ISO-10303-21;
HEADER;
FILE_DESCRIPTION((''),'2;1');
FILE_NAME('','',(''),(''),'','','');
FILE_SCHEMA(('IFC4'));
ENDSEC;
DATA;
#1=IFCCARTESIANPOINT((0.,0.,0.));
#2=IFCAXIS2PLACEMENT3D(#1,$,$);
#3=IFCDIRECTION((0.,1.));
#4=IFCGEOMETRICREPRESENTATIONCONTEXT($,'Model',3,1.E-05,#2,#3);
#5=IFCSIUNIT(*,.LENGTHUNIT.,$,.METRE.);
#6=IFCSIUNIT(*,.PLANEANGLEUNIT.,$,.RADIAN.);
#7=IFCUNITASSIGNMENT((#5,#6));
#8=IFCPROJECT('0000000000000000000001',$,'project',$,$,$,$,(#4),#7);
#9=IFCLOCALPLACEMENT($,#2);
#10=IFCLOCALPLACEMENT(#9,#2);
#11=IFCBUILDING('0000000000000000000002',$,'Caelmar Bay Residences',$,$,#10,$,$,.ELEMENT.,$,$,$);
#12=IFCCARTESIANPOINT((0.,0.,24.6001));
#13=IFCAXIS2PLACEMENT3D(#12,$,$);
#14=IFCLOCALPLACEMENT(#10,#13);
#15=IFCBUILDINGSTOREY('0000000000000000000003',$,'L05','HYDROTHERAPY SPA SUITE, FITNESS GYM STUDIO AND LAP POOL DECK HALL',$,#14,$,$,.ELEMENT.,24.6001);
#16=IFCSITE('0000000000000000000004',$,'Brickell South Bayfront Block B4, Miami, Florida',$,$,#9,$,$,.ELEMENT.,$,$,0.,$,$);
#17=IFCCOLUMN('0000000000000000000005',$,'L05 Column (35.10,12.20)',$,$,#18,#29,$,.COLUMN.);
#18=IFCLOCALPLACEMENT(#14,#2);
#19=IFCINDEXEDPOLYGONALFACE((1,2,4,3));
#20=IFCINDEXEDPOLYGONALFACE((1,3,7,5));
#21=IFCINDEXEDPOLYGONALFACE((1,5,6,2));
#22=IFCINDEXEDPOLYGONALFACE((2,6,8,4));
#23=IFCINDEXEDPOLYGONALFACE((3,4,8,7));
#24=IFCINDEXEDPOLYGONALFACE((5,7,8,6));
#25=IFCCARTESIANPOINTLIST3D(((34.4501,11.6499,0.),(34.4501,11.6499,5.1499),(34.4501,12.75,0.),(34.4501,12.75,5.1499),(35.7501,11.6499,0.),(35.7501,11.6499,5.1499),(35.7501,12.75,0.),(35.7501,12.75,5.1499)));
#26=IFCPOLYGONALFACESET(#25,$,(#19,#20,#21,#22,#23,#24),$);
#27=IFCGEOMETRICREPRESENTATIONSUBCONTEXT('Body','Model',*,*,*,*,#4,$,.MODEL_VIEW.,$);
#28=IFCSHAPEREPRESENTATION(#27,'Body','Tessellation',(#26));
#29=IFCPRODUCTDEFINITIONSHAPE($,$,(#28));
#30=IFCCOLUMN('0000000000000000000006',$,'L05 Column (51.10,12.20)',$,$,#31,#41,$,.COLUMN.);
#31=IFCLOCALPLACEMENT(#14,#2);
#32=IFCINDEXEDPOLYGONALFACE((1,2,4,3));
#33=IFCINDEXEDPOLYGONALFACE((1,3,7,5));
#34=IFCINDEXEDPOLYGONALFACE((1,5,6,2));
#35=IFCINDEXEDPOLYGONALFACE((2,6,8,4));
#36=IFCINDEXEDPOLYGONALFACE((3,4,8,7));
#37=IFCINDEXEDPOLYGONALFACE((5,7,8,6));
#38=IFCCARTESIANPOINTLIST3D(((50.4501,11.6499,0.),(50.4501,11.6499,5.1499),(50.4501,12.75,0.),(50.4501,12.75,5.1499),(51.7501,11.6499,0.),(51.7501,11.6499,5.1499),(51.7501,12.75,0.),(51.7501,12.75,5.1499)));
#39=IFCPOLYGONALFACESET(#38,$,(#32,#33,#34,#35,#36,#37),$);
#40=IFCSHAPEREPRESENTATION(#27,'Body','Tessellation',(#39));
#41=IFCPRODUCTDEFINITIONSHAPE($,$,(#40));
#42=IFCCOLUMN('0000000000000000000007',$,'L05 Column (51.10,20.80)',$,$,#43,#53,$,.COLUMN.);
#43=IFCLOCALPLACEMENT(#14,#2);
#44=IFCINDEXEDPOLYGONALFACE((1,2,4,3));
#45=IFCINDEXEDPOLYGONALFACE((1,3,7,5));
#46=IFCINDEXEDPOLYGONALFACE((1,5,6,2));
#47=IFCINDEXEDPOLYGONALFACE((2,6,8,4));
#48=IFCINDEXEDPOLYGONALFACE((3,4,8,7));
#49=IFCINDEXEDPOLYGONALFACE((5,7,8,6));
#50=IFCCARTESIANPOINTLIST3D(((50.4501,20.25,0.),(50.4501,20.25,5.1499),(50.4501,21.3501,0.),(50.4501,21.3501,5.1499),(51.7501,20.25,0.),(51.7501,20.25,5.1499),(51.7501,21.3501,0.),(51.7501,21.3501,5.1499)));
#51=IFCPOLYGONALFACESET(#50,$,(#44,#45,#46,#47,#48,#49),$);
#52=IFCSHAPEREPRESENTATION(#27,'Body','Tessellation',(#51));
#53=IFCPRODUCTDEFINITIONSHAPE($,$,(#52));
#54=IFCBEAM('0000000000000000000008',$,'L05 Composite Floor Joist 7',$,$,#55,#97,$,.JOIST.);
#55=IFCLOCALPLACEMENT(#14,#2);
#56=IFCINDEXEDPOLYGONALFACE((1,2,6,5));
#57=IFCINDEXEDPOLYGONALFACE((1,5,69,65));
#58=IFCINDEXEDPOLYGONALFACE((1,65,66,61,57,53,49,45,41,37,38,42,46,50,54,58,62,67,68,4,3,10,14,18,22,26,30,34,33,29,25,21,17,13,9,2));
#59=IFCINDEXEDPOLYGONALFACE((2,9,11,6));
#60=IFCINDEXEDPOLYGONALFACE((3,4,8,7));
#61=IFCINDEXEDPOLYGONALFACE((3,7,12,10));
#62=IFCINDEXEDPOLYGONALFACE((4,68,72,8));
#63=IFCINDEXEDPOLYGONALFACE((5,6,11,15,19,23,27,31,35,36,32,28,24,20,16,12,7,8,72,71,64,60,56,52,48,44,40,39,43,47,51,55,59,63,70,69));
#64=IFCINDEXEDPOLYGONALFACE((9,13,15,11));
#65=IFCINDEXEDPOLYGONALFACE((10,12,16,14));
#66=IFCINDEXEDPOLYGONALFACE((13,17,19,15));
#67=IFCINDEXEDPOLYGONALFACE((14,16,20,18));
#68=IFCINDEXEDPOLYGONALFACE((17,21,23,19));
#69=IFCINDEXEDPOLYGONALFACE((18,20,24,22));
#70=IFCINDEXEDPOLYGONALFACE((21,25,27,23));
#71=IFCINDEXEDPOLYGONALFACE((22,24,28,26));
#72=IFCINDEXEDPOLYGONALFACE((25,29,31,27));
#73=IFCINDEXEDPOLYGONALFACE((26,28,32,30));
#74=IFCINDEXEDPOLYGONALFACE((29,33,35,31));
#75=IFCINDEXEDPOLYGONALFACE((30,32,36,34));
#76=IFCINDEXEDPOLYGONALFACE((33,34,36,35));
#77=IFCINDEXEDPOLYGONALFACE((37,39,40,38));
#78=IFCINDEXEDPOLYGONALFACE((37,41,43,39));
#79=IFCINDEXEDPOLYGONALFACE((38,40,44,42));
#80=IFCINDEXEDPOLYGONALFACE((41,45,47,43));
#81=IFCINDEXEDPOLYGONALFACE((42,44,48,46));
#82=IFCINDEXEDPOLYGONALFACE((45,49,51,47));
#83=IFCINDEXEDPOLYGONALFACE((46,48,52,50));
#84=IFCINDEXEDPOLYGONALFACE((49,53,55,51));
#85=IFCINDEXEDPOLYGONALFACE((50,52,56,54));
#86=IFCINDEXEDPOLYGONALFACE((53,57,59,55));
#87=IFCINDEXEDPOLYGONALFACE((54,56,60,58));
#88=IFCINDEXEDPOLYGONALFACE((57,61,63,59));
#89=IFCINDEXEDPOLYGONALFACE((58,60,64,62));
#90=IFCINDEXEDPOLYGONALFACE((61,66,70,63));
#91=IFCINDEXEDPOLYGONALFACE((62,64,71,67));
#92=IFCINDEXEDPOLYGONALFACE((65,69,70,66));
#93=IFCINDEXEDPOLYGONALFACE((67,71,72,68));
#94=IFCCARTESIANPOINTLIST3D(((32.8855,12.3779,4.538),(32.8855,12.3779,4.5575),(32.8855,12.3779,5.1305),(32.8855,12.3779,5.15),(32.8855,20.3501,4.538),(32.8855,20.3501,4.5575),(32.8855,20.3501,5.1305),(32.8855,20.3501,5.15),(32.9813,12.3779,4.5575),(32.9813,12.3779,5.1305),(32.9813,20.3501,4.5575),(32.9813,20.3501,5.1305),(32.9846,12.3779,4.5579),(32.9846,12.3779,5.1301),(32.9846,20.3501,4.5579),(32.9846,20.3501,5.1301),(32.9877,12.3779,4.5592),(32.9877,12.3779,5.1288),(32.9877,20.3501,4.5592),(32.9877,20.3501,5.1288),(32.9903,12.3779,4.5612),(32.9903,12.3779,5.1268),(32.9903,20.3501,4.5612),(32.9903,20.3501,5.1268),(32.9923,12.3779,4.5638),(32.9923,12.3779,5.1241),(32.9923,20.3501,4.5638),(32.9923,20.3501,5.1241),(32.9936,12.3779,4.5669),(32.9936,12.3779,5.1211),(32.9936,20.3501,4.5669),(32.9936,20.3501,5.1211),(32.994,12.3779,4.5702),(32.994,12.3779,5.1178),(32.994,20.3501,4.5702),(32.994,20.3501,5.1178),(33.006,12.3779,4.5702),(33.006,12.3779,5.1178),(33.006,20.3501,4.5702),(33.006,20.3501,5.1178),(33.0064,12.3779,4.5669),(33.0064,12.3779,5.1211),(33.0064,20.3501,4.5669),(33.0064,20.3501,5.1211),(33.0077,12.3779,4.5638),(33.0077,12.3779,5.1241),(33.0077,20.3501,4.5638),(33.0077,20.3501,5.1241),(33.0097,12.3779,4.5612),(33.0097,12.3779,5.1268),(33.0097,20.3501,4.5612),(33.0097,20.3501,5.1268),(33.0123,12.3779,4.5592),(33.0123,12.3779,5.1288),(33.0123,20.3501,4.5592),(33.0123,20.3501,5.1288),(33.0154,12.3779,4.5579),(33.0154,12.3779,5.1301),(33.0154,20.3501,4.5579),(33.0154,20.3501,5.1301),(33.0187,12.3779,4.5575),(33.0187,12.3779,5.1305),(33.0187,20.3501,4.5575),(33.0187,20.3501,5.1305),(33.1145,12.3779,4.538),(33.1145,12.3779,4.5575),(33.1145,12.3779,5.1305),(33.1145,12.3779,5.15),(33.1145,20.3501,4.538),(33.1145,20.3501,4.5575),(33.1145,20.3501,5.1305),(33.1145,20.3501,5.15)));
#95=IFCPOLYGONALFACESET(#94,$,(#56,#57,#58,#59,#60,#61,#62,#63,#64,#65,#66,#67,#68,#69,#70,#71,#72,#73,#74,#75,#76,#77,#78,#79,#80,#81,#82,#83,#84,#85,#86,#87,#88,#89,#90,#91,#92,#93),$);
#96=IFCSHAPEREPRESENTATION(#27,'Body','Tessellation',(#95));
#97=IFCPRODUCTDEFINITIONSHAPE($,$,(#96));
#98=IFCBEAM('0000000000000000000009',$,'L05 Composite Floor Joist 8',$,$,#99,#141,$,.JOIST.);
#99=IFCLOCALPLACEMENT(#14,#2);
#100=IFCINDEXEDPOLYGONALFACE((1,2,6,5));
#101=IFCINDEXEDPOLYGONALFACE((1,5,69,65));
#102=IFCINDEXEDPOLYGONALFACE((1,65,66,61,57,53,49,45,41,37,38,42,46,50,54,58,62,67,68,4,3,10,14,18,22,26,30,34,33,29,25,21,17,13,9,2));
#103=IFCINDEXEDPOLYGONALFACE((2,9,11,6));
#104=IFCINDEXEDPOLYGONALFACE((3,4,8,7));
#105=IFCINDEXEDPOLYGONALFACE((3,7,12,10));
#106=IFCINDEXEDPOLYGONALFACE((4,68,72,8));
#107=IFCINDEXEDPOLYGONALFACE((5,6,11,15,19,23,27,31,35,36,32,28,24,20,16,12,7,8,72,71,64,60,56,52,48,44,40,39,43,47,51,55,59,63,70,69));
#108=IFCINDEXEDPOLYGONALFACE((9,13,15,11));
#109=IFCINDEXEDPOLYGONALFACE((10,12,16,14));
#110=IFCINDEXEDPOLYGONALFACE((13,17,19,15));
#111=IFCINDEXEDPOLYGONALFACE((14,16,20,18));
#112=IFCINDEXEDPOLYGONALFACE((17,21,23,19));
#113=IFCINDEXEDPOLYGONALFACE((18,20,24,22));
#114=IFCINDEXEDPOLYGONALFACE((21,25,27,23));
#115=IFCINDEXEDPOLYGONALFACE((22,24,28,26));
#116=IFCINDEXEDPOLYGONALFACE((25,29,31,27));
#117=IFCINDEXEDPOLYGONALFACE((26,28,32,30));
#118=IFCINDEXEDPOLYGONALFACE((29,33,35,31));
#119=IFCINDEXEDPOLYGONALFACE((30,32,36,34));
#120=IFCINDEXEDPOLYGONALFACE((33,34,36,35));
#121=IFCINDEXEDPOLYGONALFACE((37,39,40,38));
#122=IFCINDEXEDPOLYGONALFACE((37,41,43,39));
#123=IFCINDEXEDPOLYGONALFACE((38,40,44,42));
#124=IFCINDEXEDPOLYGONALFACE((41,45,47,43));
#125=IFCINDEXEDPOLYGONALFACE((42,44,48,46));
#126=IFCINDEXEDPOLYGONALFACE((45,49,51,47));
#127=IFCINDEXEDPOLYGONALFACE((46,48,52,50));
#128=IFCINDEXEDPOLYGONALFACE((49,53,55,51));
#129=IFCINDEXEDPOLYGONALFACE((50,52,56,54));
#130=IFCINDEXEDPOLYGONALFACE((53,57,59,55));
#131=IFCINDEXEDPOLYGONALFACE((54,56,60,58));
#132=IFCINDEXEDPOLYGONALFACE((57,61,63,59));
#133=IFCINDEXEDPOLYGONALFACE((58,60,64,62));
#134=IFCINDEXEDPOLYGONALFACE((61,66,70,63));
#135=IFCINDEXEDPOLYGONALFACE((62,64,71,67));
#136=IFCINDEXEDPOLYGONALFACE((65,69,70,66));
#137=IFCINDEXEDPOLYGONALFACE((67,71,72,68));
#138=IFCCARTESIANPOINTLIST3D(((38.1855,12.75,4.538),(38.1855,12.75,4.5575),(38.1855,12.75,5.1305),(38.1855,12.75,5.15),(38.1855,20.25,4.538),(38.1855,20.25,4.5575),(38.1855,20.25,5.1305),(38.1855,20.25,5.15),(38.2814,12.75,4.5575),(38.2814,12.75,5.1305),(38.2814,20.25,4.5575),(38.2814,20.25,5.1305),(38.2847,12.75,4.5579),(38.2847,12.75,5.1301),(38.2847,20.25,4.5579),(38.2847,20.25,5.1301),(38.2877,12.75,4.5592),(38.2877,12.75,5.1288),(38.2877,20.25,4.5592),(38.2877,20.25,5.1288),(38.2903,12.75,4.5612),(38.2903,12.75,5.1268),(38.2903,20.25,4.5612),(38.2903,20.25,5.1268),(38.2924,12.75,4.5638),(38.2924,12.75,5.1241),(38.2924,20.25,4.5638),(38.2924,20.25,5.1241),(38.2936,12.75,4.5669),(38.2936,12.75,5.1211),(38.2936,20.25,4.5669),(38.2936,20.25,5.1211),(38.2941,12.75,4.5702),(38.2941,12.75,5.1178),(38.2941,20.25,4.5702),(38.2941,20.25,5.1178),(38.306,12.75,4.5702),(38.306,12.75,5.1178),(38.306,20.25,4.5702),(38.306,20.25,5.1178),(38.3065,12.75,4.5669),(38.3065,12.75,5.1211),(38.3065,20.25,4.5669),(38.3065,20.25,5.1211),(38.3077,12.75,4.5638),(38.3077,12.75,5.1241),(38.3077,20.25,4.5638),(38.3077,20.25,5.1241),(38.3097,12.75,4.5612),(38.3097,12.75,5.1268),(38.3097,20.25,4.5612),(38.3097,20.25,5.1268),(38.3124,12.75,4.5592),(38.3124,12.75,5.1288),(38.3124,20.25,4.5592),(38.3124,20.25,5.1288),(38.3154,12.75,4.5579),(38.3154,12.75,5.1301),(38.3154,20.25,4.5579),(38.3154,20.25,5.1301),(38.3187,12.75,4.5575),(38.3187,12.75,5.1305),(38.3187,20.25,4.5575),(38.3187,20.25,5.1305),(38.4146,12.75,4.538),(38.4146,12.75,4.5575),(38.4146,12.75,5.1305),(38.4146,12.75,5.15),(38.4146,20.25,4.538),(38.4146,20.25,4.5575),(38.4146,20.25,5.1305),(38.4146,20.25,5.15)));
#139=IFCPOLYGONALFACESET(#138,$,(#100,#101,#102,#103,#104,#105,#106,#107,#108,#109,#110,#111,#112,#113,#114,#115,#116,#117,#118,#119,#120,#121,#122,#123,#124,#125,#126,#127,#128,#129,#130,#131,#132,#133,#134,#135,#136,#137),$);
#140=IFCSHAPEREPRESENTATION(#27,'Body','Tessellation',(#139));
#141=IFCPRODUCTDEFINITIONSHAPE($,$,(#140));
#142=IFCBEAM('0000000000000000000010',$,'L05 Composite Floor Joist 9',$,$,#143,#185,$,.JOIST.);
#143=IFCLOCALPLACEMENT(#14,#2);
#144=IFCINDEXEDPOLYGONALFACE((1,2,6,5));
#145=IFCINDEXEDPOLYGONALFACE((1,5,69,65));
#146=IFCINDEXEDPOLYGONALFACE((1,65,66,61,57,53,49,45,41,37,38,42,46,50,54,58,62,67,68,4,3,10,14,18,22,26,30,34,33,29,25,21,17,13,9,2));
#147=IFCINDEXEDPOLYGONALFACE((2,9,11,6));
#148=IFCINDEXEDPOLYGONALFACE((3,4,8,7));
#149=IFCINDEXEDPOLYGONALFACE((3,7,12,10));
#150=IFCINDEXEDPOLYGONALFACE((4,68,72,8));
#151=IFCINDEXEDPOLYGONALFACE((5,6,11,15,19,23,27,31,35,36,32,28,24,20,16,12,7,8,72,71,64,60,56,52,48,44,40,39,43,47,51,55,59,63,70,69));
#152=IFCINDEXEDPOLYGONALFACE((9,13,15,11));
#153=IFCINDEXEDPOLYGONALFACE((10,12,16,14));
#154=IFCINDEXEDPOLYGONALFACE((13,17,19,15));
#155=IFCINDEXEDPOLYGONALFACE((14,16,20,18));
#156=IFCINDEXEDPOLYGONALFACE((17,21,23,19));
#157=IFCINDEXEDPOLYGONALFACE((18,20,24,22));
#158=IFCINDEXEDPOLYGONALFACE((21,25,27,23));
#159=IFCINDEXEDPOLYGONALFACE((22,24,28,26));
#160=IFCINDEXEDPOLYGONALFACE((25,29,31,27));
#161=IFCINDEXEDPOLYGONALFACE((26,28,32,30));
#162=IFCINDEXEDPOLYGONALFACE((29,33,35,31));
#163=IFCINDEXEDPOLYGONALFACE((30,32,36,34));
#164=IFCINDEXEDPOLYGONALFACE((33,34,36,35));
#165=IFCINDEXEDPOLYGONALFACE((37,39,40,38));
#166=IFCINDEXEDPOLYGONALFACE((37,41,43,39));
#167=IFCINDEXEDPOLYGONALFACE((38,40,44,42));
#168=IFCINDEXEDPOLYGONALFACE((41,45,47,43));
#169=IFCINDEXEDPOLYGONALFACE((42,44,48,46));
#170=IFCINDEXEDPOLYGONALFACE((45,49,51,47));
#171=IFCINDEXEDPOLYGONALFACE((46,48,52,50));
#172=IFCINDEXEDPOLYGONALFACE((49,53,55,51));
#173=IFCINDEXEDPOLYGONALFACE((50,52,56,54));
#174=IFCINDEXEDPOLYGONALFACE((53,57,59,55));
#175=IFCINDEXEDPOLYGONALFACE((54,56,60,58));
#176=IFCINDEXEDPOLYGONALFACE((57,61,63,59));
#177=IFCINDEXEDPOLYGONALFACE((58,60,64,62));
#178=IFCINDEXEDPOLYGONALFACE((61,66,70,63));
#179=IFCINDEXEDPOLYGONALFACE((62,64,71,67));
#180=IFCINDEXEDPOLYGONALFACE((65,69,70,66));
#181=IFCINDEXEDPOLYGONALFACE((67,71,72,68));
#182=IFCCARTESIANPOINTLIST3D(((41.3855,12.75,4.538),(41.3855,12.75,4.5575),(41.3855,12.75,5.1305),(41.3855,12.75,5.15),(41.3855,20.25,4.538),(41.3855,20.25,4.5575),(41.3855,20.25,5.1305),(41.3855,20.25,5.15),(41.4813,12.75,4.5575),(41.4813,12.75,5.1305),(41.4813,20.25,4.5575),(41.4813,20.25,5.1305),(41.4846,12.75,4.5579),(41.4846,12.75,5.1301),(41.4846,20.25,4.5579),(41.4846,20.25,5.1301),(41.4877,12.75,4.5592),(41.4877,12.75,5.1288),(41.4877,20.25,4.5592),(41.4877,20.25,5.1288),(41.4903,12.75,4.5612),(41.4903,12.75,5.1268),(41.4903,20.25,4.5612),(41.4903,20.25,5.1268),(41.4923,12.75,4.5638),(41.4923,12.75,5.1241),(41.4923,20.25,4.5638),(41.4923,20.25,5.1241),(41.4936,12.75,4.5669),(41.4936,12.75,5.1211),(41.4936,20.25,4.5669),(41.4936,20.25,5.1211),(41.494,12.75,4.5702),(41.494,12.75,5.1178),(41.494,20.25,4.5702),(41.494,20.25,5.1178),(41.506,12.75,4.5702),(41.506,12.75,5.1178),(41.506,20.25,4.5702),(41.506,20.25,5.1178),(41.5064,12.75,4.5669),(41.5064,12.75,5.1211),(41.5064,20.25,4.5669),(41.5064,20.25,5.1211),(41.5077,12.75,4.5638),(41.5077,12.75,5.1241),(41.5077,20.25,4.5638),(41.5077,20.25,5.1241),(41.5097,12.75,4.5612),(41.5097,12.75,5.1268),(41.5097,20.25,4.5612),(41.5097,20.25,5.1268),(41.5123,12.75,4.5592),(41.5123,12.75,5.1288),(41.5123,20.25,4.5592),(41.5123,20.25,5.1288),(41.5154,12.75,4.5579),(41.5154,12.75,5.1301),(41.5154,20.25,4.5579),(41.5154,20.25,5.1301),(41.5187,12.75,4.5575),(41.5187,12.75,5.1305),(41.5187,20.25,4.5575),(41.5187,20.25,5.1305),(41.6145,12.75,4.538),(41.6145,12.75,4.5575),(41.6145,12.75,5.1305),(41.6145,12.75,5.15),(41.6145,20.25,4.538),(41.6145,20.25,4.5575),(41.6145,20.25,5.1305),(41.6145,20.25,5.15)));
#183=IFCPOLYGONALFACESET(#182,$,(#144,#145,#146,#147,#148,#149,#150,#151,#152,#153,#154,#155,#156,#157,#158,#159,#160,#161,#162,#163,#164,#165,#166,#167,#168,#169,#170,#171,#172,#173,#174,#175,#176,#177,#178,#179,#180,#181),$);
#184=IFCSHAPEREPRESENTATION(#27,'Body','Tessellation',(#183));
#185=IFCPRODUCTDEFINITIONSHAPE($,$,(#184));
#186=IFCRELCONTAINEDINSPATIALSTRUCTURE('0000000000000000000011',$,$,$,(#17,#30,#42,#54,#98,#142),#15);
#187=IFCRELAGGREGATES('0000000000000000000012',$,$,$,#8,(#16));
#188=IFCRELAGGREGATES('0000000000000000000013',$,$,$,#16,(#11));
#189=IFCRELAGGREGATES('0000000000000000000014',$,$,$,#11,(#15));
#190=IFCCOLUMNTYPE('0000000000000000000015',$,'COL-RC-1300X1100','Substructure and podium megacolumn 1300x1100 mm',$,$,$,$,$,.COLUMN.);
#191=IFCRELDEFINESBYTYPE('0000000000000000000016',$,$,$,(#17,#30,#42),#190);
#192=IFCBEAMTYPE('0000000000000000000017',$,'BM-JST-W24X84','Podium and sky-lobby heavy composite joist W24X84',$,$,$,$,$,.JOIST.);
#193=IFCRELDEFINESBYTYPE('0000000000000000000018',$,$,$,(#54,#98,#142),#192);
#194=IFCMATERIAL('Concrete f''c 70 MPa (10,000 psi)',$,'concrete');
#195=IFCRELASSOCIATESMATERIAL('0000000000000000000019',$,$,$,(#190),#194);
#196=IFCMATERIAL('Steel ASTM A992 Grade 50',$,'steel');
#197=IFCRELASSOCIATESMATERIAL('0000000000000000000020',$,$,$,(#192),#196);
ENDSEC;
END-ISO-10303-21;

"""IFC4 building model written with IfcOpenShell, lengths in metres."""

from ifc_helpers import new_model, si_unit, direction, frame, origin, origin_2d, place, context, subcontext, project, spatial, rectangle, i_section, extrude, material, material_profile, profile_set, type_object, element, save


model = new_model("IFC4")

# Units and contexts
model_context = context("Model", 3, precision=1e-05, world=origin(), true_north=direction((0.0, 1.0)))
body_context = subcontext(model_context, "Body", "Model", "MODEL_VIEW")
ifc_project = project(units=[si_unit("LENGTHUNIT", "METRE"), si_unit("PLANEANGLEUNIT", "RADIAN")], contexts=[model_context])

# Site, building, storey
site_placement = place(None, origin())
site = spatial("IfcSite", under=ifc_project, at=site_placement, Name="Brickell South Bayfront Block B4, Miami, Florida", CompositionType="ELEMENT", RefElevation=0.0)
building_placement = place(site_placement, origin())
building = spatial("IfcBuilding", under=site, at=building_placement, Name="Caelmar Bay Residences", CompositionType="ELEMENT")
storey_placement = place(building_placement, frame((0.0, 0.0, 24.6001)))
storey = spatial("IfcBuildingStorey", under=building, at=storey_placement, Name="L05", Description="HYDROTHERAPY SPA SUITE, FITNESS GYM STUDIO AND LAP POOL DECK HALL", CompositionType="ELEMENT", Elevation=24.6001)

# Columns
ifc_material_1 = material(Name="Concrete f'c 70 MPa (10,000 psi)", Category="concrete")
ifc_material_profile_1 = material_profile(ifc_material_1, rectangle(XDim=1.3, YDim=1.1001, at=origin_2d()), Name="RC-COL-1300X1100")
ifc_profile_set_1 = profile_set([ifc_material_profile_1], Name="Concrete f'c 70 MPa (10,000 psi)")
column_type = type_object("IfcColumnType", Name="COL-RC-1300X1100", Description="Substructure and podium megacolumn 1300x1100 mm", PredefinedType="COLUMN", material=ifc_profile_set_1)
for number, where, z_axis, x_axis, name in (
    (1, (35.1001, 12.2, 0.0), (0.0, 0.0, 1.0), (1.0, 0.0, 0.0), "L05 Column (35.10,12.20)"),
    (2, (51.1001, 12.2, 0.0), (0.0, 0.0, 1.0), (1.0, 0.0, 0.0), "L05 Column (51.10,12.20)"),
    (3, (51.1001, 20.8, 0.0), (0.0, 0.0, 1.0), (1.0, 0.0, 0.0), "L05 Column (51.10,20.80)"),
):
    element("IfcColumn", number, at=place(storey_placement, frame(where, z_axis=z_axis, x_axis=x_axis)), inside=storey, type_object=column_type, Name=name, PredefinedType="COLUMN", context=body_context, shape_type="SweptSolid", body=[
        extrude(rectangle(XDim=1.3, YDim=1.1001, at=origin_2d()), origin(), (0.0, 0.0, 1.0), 5.1499),
    ])

# Beams
ifc_material_2 = material(Name="Steel ASTM A992 Grade 50", Category="steel")
ifc_material_profile_2 = material_profile(ifc_material_2, i_section(OverallWidth=0.229, OverallDepth=0.6121, WebThickness=0.012, FlangeThickness=0.0195, FilletRadius=0.0127, at=origin_2d()), Name="W24X84")
ifc_profile_set_2 = profile_set([ifc_material_profile_2], Name="Steel ASTM A992 Grade 50")
beam_type_1 = type_object("IfcBeamType", Name="BM-JST-W24X84", Description="Podium and sky-lobby heavy composite joist W24X84", PredefinedType="JOIST", material=ifc_profile_set_2)
beam_1_placement = place(storey_placement, frame((33.0, 12.3779, 4.844), z_axis=(0.0, 1.0, 0.0), x_axis=(-1.0, 0.0, 0.0)))
element("IfcBeam", 4, at=beam_1_placement, inside=storey, type_object=beam_type_1, Name="L05 Composite Floor Joist 7", PredefinedType="JOIST", context=body_context, shape_type="SweptSolid", body=[
    extrude(i_section(OverallWidth=0.229, OverallDepth=0.6121, WebThickness=0.012, FlangeThickness=0.0195, FilletRadius=0.0127, at=origin_2d()), origin(), (0.0, 0.0, 1.0), 7.9722),
])
for number, where, z_axis, x_axis, name in (
    (5, (38.3, 12.75, 4.844), (0.0, 1.0, 0.0), (-1.0, 0.0, 0.0), "L05 Composite Floor Joist 8"),
    (6, (41.5, 12.75, 4.844), (0.0, 1.0, 0.0), (-1.0, 0.0, 0.0), "L05 Composite Floor Joist 9"),
):
    element("IfcBeam", number, at=place(storey_placement, frame(where, z_axis=z_axis, x_axis=x_axis)), inside=storey, type_object=beam_type_1, Name=name, PredefinedType="JOIST", context=body_context, shape_type="SweptSolid", body=[
        extrude(i_section(OverallWidth=0.229, OverallDepth=0.6121, WebThickness=0.012, FlangeThickness=0.0195, FilletRadius=0.0127, at=origin_2d()), origin(), (0.0, 0.0, 1.0), 7.5),
    ])

save(model, "model.ifc")
